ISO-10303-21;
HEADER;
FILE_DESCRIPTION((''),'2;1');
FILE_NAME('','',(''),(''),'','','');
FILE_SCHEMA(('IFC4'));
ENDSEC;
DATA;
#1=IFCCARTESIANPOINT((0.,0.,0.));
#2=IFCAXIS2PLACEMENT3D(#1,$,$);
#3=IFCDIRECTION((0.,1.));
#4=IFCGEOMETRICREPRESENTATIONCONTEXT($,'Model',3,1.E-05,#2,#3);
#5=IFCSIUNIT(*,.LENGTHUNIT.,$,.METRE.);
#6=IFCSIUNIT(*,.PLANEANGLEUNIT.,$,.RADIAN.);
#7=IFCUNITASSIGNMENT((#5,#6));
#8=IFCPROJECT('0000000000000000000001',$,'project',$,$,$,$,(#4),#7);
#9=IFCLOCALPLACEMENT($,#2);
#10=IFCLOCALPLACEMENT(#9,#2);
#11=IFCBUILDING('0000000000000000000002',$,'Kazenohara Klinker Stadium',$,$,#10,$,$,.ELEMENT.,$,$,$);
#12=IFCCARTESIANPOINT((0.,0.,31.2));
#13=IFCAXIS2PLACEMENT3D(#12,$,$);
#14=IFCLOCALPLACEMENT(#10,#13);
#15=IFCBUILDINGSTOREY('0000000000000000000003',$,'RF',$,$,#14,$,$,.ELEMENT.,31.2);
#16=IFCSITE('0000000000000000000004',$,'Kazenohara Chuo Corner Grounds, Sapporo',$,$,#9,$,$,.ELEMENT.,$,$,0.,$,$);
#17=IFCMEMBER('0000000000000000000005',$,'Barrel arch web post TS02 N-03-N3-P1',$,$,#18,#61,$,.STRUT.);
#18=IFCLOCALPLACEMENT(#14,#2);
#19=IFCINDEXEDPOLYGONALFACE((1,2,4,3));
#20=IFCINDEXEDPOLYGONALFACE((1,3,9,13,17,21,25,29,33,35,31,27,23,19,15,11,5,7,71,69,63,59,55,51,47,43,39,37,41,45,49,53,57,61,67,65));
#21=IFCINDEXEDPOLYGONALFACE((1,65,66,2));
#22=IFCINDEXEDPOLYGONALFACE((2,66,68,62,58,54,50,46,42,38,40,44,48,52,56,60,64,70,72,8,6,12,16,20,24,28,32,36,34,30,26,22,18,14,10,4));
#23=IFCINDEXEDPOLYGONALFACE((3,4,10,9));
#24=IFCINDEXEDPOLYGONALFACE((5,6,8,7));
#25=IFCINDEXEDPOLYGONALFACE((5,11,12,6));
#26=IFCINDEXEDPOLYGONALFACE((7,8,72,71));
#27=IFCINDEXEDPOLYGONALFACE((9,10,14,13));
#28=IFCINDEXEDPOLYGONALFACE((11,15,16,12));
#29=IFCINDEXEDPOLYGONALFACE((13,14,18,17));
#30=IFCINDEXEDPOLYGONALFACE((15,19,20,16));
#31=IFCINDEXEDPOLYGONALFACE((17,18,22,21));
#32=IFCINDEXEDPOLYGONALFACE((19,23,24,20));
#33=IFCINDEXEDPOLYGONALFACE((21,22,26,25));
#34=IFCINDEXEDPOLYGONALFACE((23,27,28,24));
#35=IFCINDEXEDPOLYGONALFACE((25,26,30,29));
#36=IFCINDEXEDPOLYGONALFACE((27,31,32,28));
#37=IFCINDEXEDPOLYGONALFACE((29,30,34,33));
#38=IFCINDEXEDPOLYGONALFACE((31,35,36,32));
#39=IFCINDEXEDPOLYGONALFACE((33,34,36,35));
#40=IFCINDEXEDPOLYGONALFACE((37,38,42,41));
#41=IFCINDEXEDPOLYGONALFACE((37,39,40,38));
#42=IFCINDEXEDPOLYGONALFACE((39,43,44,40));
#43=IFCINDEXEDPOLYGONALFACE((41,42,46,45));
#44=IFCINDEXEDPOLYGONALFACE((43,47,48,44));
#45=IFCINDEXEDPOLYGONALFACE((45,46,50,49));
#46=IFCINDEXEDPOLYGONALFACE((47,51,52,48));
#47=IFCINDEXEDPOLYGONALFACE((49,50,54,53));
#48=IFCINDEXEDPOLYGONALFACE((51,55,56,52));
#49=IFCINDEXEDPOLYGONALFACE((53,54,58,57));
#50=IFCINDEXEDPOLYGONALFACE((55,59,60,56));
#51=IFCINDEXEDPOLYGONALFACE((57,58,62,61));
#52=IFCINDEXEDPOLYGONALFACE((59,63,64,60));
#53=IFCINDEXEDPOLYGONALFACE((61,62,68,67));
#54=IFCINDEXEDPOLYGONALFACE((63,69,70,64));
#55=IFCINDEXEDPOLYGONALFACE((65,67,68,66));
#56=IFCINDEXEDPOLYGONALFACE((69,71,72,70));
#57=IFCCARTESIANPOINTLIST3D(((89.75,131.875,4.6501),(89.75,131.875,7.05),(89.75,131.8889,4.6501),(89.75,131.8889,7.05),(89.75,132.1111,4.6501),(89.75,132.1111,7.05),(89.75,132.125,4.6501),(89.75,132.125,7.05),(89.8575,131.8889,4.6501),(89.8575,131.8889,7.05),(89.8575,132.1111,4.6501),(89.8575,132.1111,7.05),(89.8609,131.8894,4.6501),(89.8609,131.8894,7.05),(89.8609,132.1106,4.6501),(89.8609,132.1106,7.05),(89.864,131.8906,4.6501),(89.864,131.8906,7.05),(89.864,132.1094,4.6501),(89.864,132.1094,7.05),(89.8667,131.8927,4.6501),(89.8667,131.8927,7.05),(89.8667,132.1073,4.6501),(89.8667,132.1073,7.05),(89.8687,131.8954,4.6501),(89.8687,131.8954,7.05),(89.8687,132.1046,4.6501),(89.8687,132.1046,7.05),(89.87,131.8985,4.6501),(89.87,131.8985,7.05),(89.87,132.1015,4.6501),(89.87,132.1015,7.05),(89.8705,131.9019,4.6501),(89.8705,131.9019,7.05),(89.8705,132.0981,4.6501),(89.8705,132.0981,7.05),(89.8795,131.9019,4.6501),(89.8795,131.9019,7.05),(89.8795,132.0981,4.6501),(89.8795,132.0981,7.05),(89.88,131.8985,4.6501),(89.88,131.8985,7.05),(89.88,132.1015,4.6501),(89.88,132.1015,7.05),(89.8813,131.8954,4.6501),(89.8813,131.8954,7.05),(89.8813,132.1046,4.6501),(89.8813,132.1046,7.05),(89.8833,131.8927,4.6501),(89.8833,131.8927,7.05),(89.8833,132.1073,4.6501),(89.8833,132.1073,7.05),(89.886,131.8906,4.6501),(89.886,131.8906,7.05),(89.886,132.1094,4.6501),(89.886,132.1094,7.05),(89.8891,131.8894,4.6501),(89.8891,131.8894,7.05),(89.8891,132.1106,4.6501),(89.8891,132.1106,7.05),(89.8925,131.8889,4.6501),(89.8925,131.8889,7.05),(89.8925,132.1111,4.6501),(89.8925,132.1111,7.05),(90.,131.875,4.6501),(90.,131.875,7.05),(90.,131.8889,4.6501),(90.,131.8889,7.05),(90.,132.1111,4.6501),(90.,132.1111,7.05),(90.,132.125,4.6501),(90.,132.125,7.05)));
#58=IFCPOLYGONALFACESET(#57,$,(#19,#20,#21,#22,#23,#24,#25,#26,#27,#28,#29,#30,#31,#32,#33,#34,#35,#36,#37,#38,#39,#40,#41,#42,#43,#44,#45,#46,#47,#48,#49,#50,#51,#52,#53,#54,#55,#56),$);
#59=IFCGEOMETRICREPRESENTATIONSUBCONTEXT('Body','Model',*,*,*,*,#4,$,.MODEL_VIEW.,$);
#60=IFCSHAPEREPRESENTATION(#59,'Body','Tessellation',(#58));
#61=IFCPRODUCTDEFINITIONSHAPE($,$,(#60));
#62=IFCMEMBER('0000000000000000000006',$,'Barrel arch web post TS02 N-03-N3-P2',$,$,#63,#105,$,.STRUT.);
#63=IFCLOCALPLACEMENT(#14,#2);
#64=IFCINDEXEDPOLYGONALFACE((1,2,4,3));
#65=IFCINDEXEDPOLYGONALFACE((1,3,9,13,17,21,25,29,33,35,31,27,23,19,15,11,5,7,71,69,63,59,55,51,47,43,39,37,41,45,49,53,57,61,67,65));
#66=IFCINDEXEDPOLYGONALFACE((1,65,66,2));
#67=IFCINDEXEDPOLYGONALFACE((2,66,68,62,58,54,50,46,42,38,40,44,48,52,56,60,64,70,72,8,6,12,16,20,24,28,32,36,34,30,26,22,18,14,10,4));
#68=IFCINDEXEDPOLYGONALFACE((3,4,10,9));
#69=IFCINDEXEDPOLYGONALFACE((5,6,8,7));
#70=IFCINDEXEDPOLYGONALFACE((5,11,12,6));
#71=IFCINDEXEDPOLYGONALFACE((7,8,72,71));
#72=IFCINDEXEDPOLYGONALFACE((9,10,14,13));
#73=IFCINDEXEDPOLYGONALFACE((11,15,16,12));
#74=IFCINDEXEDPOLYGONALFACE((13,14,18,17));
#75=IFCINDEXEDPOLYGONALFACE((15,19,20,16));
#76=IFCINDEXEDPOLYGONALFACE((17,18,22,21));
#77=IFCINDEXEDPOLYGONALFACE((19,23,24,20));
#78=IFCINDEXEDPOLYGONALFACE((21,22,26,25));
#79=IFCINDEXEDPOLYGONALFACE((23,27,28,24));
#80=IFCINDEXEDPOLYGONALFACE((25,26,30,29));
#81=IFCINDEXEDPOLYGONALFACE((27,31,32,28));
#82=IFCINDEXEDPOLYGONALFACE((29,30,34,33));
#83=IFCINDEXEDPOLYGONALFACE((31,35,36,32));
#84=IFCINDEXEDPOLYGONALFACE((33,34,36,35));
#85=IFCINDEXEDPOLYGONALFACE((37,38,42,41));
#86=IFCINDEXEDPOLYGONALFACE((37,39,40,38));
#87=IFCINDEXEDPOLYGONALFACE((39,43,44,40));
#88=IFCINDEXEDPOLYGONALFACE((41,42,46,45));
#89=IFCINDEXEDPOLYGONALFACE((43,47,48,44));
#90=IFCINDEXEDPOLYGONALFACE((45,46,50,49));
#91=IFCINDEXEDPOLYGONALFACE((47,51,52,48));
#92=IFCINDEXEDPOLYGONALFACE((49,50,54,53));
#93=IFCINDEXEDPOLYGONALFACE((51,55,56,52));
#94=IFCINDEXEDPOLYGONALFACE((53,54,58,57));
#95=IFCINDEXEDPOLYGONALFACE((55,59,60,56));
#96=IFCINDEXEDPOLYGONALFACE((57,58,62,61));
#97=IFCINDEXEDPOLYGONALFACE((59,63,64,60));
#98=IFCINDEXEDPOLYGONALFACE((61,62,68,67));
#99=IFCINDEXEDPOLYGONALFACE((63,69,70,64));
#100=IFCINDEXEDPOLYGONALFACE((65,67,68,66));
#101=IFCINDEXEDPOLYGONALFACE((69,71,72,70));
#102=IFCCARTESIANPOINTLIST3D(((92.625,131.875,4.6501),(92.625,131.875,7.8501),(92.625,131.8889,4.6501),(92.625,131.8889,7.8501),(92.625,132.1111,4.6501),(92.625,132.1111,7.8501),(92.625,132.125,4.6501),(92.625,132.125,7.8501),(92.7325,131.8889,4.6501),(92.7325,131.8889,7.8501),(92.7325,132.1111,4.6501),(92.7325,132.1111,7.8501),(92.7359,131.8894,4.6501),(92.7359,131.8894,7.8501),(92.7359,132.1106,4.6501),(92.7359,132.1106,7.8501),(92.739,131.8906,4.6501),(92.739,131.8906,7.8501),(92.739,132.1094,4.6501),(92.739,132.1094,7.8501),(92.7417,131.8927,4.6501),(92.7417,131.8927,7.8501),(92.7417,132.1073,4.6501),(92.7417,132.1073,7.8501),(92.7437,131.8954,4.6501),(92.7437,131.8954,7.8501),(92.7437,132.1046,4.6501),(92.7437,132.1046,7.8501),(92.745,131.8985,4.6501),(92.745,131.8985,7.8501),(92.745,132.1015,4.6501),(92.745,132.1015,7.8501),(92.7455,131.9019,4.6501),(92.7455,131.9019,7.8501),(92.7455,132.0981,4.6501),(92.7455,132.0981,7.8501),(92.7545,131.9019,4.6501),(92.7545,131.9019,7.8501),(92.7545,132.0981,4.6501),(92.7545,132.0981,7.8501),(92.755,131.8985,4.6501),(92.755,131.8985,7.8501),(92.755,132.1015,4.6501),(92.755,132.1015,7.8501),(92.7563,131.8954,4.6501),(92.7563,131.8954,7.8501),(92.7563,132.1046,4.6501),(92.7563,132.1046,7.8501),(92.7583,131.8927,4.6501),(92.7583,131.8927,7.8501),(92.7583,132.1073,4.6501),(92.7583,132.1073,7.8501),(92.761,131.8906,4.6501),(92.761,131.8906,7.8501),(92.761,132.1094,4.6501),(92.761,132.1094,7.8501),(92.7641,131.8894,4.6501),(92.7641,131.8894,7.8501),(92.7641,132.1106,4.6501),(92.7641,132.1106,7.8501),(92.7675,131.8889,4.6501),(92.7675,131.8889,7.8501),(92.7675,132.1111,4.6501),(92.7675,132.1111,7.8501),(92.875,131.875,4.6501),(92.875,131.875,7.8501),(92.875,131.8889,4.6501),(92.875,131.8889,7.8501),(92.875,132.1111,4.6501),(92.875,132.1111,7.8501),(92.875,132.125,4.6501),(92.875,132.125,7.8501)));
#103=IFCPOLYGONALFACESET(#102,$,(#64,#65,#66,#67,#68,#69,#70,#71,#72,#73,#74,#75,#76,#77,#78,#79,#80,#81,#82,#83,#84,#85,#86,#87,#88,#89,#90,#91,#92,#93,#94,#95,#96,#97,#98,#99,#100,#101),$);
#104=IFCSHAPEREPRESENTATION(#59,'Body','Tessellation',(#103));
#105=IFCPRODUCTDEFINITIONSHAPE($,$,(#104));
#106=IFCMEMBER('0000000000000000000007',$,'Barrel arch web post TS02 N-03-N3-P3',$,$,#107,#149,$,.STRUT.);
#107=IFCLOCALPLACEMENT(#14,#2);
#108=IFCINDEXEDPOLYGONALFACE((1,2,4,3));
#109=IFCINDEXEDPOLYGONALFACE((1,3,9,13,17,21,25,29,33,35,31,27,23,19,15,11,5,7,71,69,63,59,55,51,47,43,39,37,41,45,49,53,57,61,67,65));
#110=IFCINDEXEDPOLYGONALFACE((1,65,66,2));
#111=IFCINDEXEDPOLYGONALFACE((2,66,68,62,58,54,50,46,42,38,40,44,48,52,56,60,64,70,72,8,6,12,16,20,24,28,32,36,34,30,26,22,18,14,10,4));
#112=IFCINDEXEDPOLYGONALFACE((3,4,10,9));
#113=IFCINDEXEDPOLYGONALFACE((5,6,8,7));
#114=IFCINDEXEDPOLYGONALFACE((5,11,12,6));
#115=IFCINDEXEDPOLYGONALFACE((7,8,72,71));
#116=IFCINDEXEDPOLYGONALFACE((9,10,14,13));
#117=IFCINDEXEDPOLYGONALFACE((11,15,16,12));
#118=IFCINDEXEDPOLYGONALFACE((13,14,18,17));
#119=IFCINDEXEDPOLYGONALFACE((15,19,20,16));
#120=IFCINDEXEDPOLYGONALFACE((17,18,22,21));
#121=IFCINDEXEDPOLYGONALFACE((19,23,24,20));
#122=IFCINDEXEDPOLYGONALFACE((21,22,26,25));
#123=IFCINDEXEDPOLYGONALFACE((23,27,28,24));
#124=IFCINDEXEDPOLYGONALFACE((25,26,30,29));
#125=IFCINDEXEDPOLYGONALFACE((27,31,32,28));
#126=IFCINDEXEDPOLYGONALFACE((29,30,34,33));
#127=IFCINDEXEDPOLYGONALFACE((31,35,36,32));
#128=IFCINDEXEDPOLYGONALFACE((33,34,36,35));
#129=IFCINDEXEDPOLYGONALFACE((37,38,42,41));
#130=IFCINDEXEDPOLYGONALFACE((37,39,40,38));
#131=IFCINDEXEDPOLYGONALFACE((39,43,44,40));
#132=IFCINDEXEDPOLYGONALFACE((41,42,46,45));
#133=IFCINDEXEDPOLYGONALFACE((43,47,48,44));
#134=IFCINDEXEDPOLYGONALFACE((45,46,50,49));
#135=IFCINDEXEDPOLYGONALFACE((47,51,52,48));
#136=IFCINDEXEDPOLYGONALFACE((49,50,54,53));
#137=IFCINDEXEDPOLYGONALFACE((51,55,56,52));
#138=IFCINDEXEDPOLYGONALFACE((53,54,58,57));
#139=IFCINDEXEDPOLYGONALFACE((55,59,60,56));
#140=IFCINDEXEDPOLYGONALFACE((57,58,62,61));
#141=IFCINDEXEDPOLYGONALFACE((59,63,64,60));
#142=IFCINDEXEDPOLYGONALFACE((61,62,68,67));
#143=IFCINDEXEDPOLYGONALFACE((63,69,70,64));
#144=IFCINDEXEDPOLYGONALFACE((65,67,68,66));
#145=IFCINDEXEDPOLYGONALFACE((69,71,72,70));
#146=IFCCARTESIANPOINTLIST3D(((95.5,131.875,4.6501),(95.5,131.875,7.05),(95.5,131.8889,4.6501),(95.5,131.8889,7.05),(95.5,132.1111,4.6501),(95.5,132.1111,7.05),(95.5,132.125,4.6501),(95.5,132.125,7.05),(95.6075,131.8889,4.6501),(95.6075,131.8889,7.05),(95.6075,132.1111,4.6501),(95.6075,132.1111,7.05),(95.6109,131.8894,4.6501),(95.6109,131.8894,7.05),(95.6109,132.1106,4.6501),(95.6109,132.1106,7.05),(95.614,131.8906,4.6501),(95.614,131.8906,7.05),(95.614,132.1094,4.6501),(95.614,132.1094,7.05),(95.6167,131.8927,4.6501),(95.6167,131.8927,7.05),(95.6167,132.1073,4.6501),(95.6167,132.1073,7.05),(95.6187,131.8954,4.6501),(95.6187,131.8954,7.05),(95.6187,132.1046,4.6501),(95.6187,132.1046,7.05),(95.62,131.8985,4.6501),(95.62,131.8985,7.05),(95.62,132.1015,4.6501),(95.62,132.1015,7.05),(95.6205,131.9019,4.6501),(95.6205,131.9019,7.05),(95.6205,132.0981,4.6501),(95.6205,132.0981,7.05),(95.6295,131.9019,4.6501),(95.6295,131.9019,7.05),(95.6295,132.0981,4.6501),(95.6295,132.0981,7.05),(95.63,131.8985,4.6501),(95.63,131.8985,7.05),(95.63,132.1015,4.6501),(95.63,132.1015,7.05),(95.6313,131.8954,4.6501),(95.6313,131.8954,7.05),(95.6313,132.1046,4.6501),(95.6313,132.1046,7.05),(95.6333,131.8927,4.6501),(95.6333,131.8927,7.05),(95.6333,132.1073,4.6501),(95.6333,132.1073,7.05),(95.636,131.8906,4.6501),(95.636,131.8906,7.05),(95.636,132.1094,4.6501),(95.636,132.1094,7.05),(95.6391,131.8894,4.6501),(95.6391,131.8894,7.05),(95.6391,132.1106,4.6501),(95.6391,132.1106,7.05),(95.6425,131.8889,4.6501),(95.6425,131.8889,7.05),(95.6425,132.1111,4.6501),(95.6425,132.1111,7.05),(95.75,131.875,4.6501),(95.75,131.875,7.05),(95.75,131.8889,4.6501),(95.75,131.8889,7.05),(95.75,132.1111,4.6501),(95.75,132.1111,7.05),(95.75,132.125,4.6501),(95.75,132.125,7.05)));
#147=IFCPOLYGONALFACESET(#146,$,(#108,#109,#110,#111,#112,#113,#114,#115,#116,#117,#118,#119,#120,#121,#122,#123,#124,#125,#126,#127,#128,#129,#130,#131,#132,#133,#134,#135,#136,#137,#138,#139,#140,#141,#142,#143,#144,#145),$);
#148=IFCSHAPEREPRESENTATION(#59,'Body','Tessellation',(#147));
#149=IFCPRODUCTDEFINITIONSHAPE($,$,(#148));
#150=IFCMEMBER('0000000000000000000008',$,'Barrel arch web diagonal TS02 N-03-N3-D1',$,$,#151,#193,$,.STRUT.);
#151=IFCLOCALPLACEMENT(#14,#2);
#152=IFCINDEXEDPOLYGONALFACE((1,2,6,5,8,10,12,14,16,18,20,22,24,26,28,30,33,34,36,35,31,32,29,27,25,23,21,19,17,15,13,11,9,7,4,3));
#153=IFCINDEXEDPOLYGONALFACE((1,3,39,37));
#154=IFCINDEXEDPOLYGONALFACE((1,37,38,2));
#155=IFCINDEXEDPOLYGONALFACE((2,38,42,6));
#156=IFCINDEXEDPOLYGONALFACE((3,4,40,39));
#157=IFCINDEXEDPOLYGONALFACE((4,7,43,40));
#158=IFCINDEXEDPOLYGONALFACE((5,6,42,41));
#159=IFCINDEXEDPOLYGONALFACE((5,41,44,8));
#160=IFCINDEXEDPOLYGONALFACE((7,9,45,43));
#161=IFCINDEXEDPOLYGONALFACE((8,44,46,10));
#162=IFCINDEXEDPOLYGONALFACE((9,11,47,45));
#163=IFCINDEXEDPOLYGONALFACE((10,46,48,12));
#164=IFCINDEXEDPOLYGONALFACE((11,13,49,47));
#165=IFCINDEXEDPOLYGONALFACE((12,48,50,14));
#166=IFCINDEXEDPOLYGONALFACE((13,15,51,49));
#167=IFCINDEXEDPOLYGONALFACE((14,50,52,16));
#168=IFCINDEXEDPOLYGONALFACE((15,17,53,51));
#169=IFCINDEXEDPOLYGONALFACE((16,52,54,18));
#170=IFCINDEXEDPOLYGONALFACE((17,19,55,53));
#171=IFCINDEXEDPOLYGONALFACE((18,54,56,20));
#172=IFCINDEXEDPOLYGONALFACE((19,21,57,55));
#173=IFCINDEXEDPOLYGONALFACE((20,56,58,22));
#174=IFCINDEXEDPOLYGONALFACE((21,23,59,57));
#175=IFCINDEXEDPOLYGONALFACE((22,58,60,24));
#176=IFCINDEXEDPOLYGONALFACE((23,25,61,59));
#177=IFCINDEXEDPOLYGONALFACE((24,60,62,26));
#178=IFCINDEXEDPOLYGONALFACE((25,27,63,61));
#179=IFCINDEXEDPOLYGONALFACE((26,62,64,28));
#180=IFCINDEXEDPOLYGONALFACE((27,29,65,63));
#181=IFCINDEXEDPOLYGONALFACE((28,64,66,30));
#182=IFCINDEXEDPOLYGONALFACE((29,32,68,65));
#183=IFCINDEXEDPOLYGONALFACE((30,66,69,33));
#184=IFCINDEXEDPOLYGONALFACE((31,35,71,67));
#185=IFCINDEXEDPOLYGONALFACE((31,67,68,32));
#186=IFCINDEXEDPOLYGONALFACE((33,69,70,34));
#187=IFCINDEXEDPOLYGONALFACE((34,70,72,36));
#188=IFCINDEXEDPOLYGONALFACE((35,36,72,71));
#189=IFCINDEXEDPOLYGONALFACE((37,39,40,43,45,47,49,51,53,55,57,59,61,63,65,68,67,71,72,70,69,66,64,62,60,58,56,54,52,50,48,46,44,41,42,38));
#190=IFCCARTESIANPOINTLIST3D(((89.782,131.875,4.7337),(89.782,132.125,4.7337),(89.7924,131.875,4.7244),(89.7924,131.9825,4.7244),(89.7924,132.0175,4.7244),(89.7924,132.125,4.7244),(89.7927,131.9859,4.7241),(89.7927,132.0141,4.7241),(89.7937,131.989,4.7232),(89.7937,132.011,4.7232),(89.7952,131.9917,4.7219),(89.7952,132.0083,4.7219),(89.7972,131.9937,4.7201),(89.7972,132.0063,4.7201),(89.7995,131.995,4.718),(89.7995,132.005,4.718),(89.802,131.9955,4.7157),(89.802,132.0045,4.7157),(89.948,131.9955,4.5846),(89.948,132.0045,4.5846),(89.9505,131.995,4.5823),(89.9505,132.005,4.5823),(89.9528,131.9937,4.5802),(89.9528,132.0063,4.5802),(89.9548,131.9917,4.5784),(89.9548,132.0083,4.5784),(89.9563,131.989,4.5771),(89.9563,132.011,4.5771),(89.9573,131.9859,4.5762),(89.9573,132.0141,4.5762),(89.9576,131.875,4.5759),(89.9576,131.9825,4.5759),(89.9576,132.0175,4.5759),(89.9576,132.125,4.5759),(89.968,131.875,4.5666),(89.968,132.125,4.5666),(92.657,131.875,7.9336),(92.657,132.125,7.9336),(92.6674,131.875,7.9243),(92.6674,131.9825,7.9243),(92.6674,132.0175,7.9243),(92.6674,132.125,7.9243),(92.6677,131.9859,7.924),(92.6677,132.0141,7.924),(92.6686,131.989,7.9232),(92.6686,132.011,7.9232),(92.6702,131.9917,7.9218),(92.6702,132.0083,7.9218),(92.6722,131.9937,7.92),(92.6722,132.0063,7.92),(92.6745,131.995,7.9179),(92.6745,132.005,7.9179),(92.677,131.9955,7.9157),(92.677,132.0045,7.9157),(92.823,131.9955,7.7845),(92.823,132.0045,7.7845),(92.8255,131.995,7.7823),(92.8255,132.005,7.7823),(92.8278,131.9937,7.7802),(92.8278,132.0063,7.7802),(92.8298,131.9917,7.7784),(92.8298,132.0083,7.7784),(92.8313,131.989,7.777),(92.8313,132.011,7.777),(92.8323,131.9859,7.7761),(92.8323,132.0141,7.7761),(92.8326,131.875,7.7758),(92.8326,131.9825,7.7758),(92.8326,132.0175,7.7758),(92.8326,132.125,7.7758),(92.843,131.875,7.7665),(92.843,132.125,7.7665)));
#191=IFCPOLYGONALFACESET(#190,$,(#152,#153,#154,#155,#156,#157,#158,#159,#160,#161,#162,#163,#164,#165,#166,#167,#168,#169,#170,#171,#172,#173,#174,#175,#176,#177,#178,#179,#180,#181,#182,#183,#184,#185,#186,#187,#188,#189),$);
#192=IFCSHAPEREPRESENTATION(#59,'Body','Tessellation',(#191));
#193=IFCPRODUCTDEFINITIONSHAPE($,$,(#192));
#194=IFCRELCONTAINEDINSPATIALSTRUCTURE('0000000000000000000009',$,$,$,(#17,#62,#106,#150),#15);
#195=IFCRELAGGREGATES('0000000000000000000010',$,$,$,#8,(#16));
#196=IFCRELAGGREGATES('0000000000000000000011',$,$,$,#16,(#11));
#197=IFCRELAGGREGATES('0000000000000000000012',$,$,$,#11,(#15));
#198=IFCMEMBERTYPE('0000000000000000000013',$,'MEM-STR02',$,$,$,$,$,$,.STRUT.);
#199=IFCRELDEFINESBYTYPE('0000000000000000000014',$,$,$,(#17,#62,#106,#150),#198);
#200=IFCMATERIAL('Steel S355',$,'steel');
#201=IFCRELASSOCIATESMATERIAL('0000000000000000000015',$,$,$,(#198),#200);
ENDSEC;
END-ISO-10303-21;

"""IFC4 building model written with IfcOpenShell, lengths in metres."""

from ifc_helpers import new_model, si_unit, direction, frame, origin, origin_2d, place, context, subcontext, project, spatial, i_section, extrude, material, material_profile, profile_set, type_object, element, save


model = new_model("IFC4")

# Units and contexts
model_context = context("Model", 3, precision=1e-05, world=origin(), true_north=direction((0.0, 1.0)))
body_context = subcontext(model_context, "Body", "Model", "MODEL_VIEW")
ifc_project = project(units=[si_unit("LENGTHUNIT", "METRE"), si_unit("PLANEANGLEUNIT", "RADIAN")], contexts=[model_context])

# Site, building, storey
site_placement = place(None, origin())
site = spatial("IfcSite", under=ifc_project, at=site_placement, Name="Kazenohara Chuo Corner Grounds, Sapporo", CompositionType="ELEMENT", RefElevation=0.0)
building_placement = place(site_placement, origin())
building = spatial("IfcBuilding", under=site, at=building_placement, Name="Kazenohara Klinker Stadium", CompositionType="ELEMENT")
storey_placement = place(building_placement, frame((0.0, 0.0, 31.2)))
storey = spatial("IfcBuildingStorey", under=building, at=storey_placement, Name="RF", CompositionType="ELEMENT", Elevation=31.2)

# Members
ifc_material_1 = material(Name="Steel S355", Category="steel")
ifc_material_profile_1 = material_profile(ifc_material_1, i_section(OverallWidth=0.25, OverallDepth=0.25, WebThickness=0.009, FlangeThickness=0.0139, FilletRadius=0.0129, at=origin_2d()), Name="H-250x250x9x14")
ifc_profile_set_1 = profile_set([ifc_material_profile_1], Name="Steel S355")
member_type_1 = type_object("IfcMemberType", Name="MEM-STR02", PredefinedType="STRUT", material=ifc_profile_set_1)
member_1_placement = place(storey_placement, frame((89.875, 132.0, 4.6501), z_axis=(0.0, 0.0, 1.0), x_axis=(1.0, 0.0, 0.0)))
element("IfcMember", 1, at=member_1_placement, inside=storey, type_object=member_type_1, Name="Barrel arch web post TS02 N-03-N3-P1", PredefinedType="STRUT", context=body_context, shape_type="SweptSolid", body=[
    extrude(i_section(OverallWidth=0.25, OverallDepth=0.25, WebThickness=0.009, FlangeThickness=0.0139, FilletRadius=0.0129, at=origin_2d()), origin(), (0.0, 0.0, 1.0), 2.3999),
])
member_2_placement = place(storey_placement, frame((92.75, 132.0, 4.6501), z_axis=(0.0, 0.0, 1.0), x_axis=(1.0, 0.0, 0.0)))
element("IfcMember", 2, at=member_2_placement, inside=storey, type_object=member_type_1, Name="Barrel arch web post TS02 N-03-N3-P2", PredefinedType="STRUT", context=body_context, shape_type="SweptSolid", body=[
    extrude(i_section(OverallWidth=0.25, OverallDepth=0.25, WebThickness=0.009, FlangeThickness=0.0139, FilletRadius=0.0129, at=origin_2d()), origin(), (0.0, 0.0, 1.0), 3.2),
])
member_3_placement = place(storey_placement, frame((95.625, 132.0, 4.6501), z_axis=(0.0, 0.0, 1.0), x_axis=(1.0, 0.0, 0.0)))
element("IfcMember", 3, at=member_3_placement, inside=storey, type_object=member_type_1, Name="Barrel arch web post TS02 N-03-N3-P3", PredefinedType="STRUT", context=body_context, shape_type="SweptSolid", body=[
    extrude(i_section(OverallWidth=0.25, OverallDepth=0.25, WebThickness=0.009, FlangeThickness=0.0139, FilletRadius=0.0129, at=origin_2d()), origin(), (0.0, 0.0, 1.0), 2.3999),
])
for number, where, z_axis, x_axis, name in (
    (4, (89.875, 132.0, 4.6501), (0.668328, 0.0, 0.743867), (0.0, 1.0, 0.0), "Barrel arch web diagonal TS02 N-03-N3-D1"),
):
    element("IfcMember", number, at=place(storey_placement, frame(where, z_axis=z_axis, x_axis=x_axis)), inside=storey, type_object=member_type_1, Name=name, PredefinedType="STRUT", context=body_context, shape_type="SweptSolid", body=[
        extrude(i_section(OverallWidth=0.25, OverallDepth=0.25, WebThickness=0.009, FlangeThickness=0.0139, FilletRadius=0.0129, at=origin_2d()), origin(), (0.0, 0.0, 1.0), 4.3018),
    ])

save(model, "model.ifc")
